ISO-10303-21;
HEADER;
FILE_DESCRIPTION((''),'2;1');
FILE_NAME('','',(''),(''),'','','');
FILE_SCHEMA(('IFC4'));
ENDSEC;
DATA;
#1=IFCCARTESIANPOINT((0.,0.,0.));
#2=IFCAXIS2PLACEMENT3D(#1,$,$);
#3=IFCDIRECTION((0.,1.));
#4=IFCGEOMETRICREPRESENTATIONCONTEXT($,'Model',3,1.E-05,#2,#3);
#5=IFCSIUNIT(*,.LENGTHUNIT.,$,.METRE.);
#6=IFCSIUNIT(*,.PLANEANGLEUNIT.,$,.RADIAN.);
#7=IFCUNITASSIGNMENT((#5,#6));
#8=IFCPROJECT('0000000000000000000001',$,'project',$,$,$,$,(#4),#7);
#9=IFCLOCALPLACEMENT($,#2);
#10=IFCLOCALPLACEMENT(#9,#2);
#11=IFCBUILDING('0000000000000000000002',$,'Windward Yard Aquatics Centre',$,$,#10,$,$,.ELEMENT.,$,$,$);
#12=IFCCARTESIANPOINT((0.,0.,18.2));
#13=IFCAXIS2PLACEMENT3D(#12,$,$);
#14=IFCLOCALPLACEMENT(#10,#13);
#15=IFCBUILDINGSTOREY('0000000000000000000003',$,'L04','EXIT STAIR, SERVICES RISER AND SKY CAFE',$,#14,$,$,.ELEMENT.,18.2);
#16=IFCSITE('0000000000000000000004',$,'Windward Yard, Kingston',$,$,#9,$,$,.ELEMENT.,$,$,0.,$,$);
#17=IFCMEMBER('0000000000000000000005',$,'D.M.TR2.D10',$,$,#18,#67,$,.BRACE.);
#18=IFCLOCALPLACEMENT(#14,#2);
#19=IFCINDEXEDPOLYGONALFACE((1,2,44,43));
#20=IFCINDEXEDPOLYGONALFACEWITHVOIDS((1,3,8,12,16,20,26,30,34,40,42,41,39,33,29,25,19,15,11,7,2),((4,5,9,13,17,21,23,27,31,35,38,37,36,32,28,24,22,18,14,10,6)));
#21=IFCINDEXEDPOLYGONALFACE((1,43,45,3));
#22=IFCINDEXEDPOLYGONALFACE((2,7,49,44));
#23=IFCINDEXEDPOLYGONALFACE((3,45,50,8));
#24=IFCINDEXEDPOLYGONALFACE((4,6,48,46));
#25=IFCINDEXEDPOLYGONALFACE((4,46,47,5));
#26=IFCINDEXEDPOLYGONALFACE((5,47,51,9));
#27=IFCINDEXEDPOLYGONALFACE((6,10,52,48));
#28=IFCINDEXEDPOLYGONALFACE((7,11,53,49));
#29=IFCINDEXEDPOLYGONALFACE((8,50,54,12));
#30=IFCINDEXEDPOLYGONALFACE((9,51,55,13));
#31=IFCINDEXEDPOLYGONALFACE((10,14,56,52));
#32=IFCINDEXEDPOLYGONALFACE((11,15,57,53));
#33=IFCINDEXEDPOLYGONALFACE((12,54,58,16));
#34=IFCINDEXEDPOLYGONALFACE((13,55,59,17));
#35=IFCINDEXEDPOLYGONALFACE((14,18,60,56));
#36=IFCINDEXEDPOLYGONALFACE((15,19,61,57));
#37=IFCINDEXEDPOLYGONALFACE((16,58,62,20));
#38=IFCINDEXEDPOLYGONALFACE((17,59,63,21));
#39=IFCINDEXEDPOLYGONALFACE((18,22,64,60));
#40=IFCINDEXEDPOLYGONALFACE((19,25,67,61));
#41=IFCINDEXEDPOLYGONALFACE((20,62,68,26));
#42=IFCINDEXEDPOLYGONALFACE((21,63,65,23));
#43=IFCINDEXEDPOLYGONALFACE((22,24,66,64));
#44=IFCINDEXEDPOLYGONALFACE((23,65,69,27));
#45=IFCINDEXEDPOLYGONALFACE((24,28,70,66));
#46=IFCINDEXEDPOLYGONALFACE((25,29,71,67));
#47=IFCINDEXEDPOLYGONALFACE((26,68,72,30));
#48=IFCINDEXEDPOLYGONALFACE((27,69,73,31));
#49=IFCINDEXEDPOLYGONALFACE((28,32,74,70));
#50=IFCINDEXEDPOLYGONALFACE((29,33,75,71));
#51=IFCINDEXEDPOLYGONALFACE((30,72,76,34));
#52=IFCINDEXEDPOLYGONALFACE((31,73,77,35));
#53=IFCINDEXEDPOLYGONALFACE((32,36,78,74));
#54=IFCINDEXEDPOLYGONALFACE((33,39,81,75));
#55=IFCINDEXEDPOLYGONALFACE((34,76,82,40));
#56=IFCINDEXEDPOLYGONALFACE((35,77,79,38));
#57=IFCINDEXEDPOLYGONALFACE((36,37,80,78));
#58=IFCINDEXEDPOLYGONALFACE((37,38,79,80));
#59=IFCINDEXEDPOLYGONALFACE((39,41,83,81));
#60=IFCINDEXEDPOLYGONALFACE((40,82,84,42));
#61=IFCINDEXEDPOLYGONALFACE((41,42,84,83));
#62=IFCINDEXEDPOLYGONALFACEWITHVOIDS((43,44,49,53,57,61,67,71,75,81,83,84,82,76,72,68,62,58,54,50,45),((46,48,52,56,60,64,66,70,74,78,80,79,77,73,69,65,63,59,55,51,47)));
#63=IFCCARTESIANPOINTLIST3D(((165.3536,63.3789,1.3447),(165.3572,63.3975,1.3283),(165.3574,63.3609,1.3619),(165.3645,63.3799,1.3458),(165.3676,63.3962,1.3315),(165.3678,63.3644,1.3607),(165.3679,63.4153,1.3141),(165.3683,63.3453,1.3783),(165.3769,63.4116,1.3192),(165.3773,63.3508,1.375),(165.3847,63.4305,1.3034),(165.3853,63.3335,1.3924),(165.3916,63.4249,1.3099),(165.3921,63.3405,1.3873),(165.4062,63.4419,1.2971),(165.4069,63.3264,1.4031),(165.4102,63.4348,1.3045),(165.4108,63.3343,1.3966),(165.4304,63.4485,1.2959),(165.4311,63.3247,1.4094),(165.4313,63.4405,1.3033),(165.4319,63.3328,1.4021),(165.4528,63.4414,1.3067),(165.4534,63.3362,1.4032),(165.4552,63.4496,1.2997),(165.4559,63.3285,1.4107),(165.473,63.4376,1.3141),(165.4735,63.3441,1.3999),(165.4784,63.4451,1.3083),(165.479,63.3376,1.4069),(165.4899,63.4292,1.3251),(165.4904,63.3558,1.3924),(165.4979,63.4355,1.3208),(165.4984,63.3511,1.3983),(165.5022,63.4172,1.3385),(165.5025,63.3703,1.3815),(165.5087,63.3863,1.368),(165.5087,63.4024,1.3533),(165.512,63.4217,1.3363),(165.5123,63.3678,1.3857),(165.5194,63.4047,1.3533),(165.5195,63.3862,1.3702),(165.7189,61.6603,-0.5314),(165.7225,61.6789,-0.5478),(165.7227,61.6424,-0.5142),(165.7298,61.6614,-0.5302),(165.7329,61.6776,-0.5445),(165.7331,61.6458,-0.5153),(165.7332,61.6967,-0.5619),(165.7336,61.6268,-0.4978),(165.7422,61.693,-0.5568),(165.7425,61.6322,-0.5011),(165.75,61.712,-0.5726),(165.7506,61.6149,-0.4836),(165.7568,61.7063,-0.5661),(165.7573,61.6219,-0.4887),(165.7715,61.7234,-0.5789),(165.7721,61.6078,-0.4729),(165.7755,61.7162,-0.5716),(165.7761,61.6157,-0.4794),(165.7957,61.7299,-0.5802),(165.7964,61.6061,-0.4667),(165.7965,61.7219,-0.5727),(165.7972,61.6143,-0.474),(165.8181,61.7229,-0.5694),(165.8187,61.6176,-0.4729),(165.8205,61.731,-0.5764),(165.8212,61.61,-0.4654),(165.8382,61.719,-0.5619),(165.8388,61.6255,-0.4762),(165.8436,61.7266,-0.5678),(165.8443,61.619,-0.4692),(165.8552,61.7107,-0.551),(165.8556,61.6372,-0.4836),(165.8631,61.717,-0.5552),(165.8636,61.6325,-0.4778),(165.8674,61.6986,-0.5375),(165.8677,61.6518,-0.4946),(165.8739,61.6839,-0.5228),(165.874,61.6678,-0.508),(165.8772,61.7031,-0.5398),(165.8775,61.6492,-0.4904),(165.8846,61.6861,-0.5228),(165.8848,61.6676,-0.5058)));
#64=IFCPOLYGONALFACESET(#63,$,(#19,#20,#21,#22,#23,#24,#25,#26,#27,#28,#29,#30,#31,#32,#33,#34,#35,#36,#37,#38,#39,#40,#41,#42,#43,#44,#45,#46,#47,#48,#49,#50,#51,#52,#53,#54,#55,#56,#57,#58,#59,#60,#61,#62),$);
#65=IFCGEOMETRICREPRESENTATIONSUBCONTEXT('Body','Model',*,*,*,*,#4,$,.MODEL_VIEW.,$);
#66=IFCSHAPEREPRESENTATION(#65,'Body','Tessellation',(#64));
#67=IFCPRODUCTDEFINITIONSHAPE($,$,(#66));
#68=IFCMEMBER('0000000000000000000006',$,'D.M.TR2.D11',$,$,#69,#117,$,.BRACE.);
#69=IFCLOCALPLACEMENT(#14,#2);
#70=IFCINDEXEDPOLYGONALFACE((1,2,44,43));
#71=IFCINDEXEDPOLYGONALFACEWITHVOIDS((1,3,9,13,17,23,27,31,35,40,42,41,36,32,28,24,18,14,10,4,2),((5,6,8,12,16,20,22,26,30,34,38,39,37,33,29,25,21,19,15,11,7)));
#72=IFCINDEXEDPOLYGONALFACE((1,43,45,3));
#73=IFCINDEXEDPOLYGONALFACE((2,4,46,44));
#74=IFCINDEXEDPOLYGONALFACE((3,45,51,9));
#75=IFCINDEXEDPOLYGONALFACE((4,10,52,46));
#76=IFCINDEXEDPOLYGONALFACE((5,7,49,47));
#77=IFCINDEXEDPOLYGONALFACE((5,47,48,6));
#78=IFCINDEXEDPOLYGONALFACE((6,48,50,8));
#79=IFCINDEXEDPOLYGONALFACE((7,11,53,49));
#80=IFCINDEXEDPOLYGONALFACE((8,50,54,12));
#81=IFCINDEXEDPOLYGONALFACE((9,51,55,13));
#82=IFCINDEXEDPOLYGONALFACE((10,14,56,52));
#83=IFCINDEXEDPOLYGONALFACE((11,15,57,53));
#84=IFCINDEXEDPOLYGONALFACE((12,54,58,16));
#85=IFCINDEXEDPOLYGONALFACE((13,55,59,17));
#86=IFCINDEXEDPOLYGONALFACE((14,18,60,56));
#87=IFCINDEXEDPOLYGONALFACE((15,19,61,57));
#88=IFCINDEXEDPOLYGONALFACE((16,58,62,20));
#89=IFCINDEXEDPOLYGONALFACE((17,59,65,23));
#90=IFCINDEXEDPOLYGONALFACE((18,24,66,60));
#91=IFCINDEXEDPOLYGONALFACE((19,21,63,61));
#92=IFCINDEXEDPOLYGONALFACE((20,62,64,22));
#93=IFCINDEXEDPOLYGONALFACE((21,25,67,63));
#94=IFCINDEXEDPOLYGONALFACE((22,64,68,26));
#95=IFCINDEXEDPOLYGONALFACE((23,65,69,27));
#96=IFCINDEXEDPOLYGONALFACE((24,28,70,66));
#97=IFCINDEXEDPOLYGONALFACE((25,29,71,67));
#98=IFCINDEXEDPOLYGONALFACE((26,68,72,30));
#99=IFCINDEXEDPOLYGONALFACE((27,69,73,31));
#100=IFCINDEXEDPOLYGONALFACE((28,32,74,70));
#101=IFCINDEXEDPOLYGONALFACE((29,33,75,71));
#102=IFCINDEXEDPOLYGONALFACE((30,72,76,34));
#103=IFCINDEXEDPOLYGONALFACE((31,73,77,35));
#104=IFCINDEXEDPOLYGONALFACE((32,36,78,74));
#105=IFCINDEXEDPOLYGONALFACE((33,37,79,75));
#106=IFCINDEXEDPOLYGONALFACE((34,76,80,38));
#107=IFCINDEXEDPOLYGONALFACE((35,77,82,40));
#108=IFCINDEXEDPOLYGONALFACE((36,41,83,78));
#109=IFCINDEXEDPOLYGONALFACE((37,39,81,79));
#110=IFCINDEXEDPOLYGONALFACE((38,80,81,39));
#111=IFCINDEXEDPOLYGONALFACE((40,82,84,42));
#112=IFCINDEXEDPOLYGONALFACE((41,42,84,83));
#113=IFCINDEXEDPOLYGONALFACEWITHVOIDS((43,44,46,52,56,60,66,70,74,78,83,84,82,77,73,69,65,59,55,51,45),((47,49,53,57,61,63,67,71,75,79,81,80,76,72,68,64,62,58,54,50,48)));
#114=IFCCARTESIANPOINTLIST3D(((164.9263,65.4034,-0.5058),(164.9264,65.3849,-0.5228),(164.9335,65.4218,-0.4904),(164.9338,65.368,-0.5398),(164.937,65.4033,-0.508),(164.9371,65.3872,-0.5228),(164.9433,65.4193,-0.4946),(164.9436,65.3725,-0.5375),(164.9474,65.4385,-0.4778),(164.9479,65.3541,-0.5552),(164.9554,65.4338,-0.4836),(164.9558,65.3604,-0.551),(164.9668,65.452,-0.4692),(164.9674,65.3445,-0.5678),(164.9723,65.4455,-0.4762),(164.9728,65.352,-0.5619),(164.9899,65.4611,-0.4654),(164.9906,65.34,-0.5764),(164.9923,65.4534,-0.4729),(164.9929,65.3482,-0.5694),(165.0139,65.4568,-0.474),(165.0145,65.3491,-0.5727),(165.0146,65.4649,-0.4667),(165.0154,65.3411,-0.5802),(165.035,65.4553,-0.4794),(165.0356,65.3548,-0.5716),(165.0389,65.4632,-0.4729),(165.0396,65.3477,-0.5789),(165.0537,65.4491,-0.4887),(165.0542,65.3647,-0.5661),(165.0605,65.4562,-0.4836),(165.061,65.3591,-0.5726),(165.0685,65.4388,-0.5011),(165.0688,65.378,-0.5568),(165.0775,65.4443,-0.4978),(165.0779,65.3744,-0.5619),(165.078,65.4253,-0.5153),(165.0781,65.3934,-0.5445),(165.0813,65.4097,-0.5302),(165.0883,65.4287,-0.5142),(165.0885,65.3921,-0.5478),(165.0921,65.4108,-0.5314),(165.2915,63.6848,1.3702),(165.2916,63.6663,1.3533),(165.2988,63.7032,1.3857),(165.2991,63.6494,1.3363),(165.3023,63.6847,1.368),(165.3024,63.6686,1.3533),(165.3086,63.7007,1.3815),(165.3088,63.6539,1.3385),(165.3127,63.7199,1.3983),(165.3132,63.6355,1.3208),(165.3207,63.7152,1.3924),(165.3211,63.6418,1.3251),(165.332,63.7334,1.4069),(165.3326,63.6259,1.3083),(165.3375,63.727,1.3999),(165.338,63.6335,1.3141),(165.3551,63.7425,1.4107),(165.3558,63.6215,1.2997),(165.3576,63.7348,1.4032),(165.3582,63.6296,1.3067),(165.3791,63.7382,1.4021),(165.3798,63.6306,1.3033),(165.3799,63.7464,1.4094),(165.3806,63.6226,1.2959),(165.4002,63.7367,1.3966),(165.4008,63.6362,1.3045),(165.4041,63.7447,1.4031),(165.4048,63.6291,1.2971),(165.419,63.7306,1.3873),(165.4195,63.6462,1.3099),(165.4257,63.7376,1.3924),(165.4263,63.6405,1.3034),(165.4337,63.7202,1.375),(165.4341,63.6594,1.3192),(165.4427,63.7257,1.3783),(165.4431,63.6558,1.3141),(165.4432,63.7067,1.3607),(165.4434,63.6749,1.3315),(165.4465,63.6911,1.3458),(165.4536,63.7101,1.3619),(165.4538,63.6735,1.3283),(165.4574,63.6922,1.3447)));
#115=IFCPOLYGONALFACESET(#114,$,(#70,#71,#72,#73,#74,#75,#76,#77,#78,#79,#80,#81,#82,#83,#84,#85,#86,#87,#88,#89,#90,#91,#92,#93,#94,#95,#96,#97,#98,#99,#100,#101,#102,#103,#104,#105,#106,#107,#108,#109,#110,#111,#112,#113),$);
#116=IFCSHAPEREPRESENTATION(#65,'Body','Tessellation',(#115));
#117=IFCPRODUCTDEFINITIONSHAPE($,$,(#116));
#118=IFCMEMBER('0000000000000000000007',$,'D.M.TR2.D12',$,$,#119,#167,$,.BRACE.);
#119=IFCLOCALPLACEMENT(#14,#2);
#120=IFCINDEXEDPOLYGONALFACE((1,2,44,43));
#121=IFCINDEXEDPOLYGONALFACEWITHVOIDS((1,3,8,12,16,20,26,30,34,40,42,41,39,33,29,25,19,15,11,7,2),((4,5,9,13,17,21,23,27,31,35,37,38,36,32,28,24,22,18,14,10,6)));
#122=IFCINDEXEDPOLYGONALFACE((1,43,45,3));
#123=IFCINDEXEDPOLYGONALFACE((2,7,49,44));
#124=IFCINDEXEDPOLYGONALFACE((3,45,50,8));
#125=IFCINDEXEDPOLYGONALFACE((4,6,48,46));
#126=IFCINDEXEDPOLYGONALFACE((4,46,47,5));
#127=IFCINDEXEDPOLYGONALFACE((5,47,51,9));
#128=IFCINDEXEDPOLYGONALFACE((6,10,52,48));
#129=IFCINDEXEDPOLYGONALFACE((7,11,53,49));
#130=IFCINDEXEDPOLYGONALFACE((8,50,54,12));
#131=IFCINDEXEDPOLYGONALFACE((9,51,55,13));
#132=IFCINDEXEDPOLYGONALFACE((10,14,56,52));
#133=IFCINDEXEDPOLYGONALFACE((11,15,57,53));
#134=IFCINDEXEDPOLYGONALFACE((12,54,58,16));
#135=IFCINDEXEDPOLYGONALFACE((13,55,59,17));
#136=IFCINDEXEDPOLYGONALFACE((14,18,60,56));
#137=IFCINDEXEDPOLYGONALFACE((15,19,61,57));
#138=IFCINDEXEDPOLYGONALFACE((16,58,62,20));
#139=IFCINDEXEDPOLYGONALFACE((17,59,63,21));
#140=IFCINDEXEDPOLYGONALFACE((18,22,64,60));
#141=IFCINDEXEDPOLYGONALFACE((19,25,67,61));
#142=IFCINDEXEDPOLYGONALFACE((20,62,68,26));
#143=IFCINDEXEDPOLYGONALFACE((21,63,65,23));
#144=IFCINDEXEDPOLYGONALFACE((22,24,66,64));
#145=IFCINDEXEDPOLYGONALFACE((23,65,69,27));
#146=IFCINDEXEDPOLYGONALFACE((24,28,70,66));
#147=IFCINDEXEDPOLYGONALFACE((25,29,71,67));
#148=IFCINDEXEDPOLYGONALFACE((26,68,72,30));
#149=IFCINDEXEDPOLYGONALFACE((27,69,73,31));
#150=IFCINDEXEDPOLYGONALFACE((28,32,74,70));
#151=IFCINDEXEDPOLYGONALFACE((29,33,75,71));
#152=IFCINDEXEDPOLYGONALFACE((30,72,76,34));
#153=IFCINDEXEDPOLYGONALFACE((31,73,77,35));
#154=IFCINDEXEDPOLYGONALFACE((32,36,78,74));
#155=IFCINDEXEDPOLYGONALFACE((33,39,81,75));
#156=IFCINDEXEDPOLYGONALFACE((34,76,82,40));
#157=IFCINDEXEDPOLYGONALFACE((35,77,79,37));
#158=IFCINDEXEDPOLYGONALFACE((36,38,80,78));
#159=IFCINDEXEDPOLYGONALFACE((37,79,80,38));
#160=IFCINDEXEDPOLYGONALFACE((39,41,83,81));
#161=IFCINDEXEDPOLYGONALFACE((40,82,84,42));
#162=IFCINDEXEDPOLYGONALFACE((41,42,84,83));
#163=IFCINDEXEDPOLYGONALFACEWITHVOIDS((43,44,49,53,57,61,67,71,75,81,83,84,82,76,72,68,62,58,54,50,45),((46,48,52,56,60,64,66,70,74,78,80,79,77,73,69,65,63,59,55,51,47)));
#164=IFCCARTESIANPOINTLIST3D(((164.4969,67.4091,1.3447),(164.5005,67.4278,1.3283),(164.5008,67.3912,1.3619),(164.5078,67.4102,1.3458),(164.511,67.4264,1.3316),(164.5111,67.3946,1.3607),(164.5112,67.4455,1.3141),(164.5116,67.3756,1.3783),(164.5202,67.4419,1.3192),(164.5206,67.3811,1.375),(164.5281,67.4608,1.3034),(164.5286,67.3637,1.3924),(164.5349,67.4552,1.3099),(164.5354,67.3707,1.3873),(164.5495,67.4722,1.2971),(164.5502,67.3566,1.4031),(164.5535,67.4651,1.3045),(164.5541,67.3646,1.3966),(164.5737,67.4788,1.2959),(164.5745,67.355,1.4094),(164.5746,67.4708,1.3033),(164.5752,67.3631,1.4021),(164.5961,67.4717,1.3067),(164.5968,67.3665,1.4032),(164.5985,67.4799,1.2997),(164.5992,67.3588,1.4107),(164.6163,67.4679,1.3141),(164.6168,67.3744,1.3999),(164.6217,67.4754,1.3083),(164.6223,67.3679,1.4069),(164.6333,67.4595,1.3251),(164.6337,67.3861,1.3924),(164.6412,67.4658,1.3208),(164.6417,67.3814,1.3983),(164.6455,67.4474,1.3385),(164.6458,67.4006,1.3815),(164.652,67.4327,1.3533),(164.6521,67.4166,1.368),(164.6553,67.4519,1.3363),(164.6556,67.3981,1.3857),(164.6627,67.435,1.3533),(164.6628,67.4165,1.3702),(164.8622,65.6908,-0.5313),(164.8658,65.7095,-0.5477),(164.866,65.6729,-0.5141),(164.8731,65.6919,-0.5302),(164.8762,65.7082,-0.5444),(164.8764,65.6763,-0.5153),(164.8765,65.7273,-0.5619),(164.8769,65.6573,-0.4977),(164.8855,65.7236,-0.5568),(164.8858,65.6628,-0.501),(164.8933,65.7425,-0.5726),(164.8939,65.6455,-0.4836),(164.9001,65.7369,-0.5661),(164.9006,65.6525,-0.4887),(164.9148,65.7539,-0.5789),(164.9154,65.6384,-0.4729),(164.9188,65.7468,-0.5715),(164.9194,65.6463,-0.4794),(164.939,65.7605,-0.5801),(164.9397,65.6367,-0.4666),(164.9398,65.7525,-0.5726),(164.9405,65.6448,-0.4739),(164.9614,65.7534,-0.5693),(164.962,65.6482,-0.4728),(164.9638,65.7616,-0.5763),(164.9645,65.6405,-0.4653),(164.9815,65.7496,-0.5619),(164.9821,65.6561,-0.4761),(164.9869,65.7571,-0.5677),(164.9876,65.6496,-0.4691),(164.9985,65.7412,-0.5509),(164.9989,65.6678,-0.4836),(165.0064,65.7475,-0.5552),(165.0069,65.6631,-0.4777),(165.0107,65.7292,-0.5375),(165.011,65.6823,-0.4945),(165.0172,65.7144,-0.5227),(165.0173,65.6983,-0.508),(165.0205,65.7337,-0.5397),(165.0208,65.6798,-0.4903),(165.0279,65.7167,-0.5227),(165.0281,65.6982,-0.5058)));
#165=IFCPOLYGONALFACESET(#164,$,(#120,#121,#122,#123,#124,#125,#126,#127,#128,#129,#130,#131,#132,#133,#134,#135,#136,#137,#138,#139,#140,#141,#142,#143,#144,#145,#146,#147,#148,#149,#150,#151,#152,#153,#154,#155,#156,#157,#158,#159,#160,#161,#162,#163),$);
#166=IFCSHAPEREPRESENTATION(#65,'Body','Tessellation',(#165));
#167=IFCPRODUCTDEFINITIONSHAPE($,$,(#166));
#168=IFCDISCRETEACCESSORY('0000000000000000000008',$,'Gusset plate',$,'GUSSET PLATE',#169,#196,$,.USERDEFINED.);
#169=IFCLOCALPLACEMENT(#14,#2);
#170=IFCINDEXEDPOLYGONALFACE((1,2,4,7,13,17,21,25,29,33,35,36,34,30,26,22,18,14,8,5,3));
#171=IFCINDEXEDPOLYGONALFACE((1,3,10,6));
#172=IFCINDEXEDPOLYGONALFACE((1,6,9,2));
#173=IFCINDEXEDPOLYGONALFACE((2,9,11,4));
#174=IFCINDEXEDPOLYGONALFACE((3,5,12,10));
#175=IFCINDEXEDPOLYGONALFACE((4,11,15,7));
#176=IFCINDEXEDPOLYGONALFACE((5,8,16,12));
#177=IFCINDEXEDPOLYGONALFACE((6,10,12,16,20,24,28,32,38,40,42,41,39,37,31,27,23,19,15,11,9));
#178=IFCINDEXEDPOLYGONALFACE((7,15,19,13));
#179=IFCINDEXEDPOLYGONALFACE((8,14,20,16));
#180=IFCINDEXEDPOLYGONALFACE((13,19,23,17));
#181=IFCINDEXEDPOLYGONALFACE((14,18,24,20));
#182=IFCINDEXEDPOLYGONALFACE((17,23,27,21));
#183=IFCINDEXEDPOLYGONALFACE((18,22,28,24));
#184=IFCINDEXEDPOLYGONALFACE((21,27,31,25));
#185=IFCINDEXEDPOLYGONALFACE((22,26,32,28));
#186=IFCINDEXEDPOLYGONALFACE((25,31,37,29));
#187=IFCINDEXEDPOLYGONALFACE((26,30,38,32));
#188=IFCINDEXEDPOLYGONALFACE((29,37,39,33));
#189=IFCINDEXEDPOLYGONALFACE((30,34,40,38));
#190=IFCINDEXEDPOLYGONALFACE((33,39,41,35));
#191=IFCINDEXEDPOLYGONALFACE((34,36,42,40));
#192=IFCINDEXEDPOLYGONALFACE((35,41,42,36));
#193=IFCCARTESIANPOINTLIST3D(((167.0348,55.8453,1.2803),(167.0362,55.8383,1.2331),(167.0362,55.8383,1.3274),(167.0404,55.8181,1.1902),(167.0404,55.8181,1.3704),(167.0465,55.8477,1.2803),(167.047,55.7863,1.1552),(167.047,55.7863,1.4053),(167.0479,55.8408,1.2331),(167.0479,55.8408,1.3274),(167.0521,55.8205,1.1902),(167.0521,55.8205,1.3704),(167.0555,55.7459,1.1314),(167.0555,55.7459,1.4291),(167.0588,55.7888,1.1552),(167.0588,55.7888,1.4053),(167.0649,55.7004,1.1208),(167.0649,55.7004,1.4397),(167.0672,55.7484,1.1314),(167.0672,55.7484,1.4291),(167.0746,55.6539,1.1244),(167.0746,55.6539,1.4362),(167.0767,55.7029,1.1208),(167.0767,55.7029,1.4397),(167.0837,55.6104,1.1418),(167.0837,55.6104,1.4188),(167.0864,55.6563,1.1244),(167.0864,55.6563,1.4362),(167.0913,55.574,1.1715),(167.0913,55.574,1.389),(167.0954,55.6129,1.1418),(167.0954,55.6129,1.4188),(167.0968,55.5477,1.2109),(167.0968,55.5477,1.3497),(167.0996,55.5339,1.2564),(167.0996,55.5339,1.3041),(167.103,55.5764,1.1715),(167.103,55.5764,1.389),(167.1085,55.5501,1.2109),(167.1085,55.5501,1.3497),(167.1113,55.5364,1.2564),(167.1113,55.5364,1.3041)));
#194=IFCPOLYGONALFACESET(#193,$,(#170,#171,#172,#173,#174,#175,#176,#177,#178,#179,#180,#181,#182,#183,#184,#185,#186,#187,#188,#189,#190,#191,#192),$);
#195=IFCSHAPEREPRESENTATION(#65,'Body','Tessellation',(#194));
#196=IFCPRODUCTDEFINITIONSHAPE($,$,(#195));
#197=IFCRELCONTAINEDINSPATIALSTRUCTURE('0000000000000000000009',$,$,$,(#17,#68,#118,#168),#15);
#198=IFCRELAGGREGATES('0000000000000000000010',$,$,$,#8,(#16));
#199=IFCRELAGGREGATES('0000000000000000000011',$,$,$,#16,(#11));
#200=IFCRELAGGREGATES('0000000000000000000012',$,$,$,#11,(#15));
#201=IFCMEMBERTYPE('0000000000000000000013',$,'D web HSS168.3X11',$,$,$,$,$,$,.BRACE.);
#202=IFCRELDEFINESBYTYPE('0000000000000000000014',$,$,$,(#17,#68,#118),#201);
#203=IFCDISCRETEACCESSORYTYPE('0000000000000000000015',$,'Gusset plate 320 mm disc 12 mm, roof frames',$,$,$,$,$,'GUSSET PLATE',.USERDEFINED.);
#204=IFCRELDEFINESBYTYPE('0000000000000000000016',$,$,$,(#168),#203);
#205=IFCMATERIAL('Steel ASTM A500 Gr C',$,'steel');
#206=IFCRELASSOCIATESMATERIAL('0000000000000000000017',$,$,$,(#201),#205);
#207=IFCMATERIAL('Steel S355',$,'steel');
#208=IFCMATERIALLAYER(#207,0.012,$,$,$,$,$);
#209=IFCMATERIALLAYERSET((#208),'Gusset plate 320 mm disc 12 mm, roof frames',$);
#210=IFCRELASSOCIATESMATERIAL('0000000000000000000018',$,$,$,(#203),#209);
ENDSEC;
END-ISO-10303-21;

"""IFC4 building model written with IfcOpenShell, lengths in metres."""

from ifc_helpers import new_model, si_unit, direction, frame, origin, origin_2d, place, context, subcontext, project, spatial, circle, hollow_circle, extrude, material, layer, layer_set, material_profile, profile_set, type_object, element, save


model = new_model("IFC4")

# Units and contexts
model_context = context("Model", 3, precision=1e-05, world=origin(), true_north=direction((0.0, 1.0)))
body_context = subcontext(model_context, "Body", "Model", "MODEL_VIEW")
ifc_project = project(units=[si_unit("LENGTHUNIT", "METRE"), si_unit("PLANEANGLEUNIT", "RADIAN")], contexts=[model_context])

# Site, building, storey
site_placement = place(None, origin())
site = spatial("IfcSite", under=ifc_project, at=site_placement, Name="Windward Yard, Kingston", CompositionType="ELEMENT", RefElevation=0.0)
building_placement = place(site_placement, origin())
building = spatial("IfcBuilding", under=site, at=building_placement, Name="Windward Yard Aquatics Centre", CompositionType="ELEMENT")
storey_placement = place(building_placement, frame((0.0, 0.0, 18.2)))
storey = spatial("IfcBuildingStorey", under=building, at=storey_placement, Name="L04", Description="EXIT STAIR, SERVICES RISER AND SKY CAFE", CompositionType="ELEMENT", Elevation=18.2)

# Members
ifc_material_1 = material(Name="Steel ASTM A500 Gr C", Category="steel")
ifc_material_profile_1 = material_profile(ifc_material_1, hollow_circle(Radius=0.0842, WallThickness=0.011, at=origin_2d()), Name="HSS168.3X11")
ifc_profile_set_1 = profile_set([ifc_material_profile_1], Name="Steel ASTM A500 Gr C")
member_type_1 = type_object("IfcMemberType", Name="D web HSS168.3X11", PredefinedType="BRACE", material=ifc_profile_set_1)
for number, where, z_axis, x_axis, name in (
    (1, (165.437, 63.3872, 1.3533), (0.142103, -0.668626, -0.729894), (0.978153, 0.207887, 0.0), "D.M.TR2.D10"),
    (2, (165.374, 63.6838, 1.3533), (-0.142103, 0.668626, -0.729894), (-0.978153, -0.207887, 0.0), "D.M.TR2.D11"),
):
    element("IfcMember", number, at=place(storey_placement, frame(where, z_axis=z_axis, x_axis=x_axis)), inside=storey, type_object=member_type_1, Name=name, PredefinedType="BRACE", context=body_context, shape_type="SweptSolid", body=[
        extrude(hollow_circle(Radius=0.0842, WallThickness=0.011, at=origin_2d()), origin(), (0.0, 0.0, 1.0), 2.5703),
    ])
member_1_placement = place(storey_placement, frame((164.5803, 67.4175, 1.3533), z_axis=(0.142112, -0.668574, -0.729941), x_axis=(0.978147, 0.207915, 0.0)))
element("IfcMember", 3, at=member_1_placement, inside=storey, type_object=member_type_1, Name="D.M.TR2.D12", PredefinedType="BRACE", context=body_context, shape_type="SweptSolid", body=[
    extrude(hollow_circle(Radius=0.0842, WallThickness=0.011, at=origin_2d()), origin(), (0.0, 0.0, 1.0), 2.5701),
])

# Discrete accessory
ifc_material_2 = material(Name="Steel S355", Category="steel")
ifc_layer = layer(ifc_material_2, 0.012)
ifc_layer_set = layer_set([ifc_layer], Name="Gusset plate 320 mm disc 12 mm, roof frames")
discrete_accessory_type = type_object("IfcDiscreteAccessoryType", Name="Gusset plate 320 mm disc 12 mm, roof frames", ElementType="GUSSET PLATE", PredefinedType="USERDEFINED", material=ifc_layer_set)
for number, where, z_axis, x_axis, name in (
    (4, (167.0674, 55.6887, 1.2803), (0.97898, 0.203954, 0.0), (-0.203954, 0.97898, 0.0), "Gusset plate"),
):
    element("IfcDiscreteAccessory", number, at=place(storey_placement, frame(where, z_axis=z_axis, x_axis=x_axis)), inside=storey, type_object=discrete_accessory_type, Name=name, ObjectType="GUSSET PLATE", PredefinedType="USERDEFINED", context=body_context, shape_type="SweptSolid", body=[
        extrude(circle(Radius=0.1599, at=origin_2d()), origin(), (0.0, 0.0, 1.0), 0.012),
    ])

save(model, "model.ifc")
